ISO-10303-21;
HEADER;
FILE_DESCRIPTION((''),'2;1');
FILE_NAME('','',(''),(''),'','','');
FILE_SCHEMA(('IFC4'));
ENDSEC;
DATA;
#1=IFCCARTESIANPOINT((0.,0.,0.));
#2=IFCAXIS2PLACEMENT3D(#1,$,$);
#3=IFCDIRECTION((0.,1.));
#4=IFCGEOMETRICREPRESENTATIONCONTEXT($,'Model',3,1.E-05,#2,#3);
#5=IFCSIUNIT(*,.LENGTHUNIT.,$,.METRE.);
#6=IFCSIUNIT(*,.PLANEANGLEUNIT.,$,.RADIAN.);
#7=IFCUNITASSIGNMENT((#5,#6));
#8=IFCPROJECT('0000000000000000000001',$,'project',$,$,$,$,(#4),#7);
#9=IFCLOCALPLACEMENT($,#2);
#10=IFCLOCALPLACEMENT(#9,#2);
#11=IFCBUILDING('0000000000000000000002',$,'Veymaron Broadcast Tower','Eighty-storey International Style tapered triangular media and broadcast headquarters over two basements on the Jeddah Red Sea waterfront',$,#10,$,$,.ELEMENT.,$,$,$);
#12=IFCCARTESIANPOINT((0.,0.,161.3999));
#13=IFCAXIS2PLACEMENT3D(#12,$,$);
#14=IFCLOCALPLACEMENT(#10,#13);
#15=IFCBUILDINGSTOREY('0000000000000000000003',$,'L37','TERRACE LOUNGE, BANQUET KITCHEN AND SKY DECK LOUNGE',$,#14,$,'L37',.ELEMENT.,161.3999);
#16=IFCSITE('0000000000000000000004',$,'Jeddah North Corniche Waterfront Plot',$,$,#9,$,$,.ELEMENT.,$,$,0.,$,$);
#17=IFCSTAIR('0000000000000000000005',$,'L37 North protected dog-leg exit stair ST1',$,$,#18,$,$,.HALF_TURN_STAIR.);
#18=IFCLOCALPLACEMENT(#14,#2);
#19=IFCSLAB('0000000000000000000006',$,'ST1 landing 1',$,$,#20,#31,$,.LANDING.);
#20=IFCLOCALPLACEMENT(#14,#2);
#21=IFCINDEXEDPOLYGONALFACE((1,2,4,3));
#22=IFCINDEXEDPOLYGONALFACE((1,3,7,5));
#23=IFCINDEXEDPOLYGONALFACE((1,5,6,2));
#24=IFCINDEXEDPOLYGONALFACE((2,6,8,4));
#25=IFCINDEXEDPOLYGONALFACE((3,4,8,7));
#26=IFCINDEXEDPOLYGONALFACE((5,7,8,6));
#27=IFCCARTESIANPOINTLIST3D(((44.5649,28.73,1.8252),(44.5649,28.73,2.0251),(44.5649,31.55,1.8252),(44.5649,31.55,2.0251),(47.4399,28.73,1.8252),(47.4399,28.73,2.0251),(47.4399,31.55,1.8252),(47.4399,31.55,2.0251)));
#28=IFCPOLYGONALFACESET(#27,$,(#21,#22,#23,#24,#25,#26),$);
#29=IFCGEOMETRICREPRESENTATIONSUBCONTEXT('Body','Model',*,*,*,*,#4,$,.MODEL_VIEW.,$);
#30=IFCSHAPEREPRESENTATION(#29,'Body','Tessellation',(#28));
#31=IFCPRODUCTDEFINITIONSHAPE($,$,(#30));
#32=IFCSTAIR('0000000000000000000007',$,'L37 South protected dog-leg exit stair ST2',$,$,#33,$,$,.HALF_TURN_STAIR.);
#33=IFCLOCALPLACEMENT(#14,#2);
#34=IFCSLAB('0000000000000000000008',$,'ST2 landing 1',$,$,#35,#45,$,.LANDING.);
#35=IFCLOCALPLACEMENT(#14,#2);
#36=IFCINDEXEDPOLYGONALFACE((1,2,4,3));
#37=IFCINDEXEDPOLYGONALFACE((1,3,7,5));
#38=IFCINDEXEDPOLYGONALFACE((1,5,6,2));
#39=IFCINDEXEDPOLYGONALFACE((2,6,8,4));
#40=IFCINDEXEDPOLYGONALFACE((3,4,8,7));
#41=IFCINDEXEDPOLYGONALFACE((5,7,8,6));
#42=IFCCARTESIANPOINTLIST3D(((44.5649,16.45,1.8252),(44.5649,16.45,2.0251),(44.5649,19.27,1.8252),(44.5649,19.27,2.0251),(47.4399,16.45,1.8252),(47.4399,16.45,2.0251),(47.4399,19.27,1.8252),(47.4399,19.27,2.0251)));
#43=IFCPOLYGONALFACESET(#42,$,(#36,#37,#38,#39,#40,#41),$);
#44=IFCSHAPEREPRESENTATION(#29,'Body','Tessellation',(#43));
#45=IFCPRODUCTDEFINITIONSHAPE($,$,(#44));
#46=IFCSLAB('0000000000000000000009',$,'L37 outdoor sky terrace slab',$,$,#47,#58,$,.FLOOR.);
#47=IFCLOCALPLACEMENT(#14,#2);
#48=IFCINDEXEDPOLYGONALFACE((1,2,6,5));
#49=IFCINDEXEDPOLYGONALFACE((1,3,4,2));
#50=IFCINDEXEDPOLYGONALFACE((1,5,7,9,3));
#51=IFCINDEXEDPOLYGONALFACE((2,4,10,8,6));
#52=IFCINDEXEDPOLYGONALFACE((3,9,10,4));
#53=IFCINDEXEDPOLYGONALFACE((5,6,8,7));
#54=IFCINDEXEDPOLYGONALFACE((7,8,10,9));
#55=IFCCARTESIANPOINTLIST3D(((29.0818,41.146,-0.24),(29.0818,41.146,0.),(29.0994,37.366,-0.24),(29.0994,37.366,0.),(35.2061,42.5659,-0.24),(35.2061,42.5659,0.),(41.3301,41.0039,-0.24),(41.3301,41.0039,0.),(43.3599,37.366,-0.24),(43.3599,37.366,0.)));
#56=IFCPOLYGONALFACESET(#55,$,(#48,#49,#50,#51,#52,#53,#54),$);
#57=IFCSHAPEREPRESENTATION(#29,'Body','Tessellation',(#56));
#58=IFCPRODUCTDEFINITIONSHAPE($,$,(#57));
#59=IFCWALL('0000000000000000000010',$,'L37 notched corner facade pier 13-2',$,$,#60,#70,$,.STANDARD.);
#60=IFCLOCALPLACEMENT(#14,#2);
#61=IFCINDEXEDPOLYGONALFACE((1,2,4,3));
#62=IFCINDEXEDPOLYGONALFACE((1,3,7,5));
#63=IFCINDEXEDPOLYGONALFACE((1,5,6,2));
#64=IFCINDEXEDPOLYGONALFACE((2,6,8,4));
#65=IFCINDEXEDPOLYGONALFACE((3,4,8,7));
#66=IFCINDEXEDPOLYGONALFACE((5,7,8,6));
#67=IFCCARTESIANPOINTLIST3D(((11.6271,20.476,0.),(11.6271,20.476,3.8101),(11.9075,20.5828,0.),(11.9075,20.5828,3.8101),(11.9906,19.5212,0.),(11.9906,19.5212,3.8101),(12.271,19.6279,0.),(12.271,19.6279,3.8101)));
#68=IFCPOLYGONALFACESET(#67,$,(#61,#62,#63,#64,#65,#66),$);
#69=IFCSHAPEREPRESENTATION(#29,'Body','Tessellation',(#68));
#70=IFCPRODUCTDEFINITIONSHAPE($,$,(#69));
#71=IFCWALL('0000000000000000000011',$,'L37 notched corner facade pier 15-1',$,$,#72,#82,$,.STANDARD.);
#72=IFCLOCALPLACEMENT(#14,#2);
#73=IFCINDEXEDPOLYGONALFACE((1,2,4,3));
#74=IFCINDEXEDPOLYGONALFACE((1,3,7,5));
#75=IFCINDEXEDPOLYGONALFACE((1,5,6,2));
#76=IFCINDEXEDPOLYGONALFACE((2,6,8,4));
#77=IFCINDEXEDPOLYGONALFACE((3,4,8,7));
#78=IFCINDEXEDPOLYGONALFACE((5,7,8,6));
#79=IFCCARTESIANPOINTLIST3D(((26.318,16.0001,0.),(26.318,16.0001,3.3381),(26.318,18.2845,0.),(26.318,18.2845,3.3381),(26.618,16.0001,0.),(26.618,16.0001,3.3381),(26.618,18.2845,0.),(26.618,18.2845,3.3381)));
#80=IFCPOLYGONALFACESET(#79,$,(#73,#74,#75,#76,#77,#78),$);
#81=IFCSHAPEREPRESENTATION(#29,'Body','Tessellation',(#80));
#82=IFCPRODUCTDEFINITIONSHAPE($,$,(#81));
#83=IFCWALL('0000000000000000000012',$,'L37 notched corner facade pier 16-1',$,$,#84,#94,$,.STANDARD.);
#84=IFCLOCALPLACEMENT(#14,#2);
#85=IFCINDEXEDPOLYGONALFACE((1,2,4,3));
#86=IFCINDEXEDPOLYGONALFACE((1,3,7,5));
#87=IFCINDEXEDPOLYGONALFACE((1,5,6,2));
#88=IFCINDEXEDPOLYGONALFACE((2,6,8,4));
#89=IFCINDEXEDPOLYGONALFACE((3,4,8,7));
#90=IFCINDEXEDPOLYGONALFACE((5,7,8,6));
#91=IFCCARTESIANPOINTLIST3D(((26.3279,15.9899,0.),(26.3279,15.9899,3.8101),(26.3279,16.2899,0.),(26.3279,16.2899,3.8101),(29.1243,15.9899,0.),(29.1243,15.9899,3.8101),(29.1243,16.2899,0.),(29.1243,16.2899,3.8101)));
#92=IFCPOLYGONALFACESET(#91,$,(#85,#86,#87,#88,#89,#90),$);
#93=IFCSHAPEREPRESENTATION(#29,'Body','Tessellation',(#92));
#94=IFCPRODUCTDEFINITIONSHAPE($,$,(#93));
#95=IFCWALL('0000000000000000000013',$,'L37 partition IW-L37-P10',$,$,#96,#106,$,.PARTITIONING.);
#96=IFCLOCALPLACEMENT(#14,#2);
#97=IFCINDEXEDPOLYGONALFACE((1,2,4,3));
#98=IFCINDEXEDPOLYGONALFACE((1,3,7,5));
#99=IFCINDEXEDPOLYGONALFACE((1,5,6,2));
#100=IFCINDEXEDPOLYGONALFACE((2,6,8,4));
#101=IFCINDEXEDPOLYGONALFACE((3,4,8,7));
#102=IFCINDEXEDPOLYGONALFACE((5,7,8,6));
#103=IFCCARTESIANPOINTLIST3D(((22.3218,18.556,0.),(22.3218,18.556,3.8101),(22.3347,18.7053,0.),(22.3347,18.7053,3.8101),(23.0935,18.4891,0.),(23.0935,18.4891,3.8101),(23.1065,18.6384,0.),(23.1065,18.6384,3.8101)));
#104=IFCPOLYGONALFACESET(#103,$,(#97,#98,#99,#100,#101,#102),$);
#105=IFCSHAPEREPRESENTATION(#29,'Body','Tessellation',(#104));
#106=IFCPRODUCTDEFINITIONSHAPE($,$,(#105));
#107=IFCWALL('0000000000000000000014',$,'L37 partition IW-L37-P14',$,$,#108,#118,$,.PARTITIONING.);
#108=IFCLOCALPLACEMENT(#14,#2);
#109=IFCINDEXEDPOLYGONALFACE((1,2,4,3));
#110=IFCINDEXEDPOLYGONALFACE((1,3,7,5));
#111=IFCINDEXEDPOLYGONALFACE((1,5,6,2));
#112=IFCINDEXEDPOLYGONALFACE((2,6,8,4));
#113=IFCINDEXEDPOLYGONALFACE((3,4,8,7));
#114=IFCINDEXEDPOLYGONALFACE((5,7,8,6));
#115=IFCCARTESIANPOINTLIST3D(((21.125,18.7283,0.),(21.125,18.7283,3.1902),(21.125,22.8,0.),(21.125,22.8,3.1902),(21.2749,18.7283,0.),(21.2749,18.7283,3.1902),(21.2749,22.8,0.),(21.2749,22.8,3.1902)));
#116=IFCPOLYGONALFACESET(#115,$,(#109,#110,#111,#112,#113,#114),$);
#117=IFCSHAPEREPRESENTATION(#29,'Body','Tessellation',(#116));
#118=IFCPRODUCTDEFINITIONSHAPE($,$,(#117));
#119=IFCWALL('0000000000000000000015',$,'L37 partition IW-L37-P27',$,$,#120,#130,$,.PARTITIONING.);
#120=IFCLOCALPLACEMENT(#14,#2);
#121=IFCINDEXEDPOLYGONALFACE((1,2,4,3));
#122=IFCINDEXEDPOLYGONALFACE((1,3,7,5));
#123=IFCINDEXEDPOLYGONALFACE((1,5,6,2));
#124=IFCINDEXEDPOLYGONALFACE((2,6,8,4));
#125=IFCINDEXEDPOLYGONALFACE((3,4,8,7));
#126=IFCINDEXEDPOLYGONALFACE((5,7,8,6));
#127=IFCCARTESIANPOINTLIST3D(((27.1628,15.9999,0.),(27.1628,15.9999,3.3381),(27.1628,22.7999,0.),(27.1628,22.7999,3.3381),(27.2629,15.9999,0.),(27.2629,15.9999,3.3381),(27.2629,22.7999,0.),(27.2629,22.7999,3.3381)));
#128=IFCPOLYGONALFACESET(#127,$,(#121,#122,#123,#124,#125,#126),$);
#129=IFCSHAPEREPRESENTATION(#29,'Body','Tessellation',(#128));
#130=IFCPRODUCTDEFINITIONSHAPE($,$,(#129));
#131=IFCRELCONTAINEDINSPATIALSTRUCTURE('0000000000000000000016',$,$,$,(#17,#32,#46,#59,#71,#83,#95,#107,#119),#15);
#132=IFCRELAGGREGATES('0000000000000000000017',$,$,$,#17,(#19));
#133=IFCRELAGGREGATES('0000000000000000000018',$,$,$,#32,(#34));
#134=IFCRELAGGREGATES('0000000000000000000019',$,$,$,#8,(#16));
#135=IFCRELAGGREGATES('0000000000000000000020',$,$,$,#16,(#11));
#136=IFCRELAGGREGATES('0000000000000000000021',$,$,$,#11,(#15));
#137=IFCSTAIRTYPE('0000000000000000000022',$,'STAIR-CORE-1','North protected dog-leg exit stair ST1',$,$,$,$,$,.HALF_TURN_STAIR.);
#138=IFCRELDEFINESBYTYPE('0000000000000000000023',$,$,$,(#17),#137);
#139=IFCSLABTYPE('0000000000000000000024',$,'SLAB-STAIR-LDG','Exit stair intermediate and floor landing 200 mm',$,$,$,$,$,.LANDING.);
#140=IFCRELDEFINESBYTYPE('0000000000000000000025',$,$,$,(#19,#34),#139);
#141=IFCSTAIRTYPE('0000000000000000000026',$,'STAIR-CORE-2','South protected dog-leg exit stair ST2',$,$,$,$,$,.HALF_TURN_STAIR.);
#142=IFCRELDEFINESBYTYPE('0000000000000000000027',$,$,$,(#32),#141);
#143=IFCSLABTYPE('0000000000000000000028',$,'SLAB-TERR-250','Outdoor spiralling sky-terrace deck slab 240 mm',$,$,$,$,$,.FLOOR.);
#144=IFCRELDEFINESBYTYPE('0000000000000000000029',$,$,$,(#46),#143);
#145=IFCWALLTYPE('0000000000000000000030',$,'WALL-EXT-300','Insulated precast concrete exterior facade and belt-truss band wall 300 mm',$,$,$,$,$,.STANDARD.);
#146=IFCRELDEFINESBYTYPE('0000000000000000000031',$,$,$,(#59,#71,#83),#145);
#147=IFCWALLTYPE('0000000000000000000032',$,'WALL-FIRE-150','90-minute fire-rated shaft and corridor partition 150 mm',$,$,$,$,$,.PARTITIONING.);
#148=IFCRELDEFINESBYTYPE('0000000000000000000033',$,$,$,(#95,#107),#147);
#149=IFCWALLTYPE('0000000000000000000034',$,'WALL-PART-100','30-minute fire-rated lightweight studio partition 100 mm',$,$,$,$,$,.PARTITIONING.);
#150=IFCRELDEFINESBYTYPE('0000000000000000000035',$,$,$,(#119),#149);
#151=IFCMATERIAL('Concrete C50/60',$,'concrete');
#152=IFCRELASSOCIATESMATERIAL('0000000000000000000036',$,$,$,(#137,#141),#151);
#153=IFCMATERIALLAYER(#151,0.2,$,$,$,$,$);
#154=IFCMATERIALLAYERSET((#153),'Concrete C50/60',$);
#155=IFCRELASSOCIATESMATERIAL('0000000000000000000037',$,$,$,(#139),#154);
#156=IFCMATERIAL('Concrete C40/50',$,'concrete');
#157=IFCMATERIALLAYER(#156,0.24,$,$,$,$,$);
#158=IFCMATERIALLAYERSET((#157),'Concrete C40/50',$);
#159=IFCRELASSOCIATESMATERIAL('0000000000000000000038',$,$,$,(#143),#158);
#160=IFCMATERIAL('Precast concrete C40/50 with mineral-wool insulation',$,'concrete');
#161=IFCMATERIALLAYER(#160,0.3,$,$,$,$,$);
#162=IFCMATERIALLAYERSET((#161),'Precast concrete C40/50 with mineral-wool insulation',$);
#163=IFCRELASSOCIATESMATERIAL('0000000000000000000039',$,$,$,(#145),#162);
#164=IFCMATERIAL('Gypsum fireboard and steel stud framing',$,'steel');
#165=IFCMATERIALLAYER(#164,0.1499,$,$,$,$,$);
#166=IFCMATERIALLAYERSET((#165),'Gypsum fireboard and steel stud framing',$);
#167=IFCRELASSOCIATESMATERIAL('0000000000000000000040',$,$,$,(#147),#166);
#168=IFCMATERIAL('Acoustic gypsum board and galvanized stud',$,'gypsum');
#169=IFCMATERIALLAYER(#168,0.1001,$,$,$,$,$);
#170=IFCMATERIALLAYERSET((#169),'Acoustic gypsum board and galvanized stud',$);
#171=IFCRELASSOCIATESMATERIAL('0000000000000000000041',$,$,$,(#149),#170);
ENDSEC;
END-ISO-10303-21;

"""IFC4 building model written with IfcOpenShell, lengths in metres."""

from ifc_helpers import new_model, si_unit, direction, frame, frame_2d, origin, place, context, subcontext, project, spatial, polyline, rectangle, outline, extrude, material, layer, layer_set, type_object, element, aggregate, save


model = new_model("IFC4")

# Units and contexts
model_context = context("Model", 3, precision=1e-05, world=origin(), true_north=direction((0.0, 1.0)))
body_context = subcontext(model_context, "Body", "Model", "MODEL_VIEW")
ifc_project = project(units=[si_unit("LENGTHUNIT", "METRE"), si_unit("PLANEANGLEUNIT", "RADIAN")], contexts=[model_context])

# Site, building, storey
site_placement = place(None, origin())
site = spatial("IfcSite", under=ifc_project, at=site_placement, Name="Jeddah North Corniche Waterfront Plot", CompositionType="ELEMENT", RefElevation=0.0)
building_placement = place(site_placement, origin())
building = spatial("IfcBuilding", under=site, at=building_placement, Name="Veymaron Broadcast Tower", Description="Eighty-storey International Style tapered triangular media and broadcast headquarters over two basements on the Jeddah Red Sea waterfront", CompositionType="ELEMENT")
storey_placement = place(building_placement, frame((0.0, 0.0, 161.3999)))
storey = spatial("IfcBuildingStorey", under=building, at=storey_placement, Name="L37", Description="TERRACE LOUNGE, BANQUET KITCHEN AND SKY DECK LOUNGE", LongName="L37", CompositionType="ELEMENT", Elevation=161.3999)

# Shared definitions
ifc_material_1 = material(Name="Concrete C40/50", Category="concrete")

# Stairs, slabs
ifc_material_2 = material(Name="Concrete C50/60", Category="concrete")
stair_type_1 = type_object("IfcStairType", Name="STAIR-CORE-1", Description="North protected dog-leg exit stair ST1", PredefinedType="HALF_TURN_STAIR", material=ifc_material_2)
stair_1_placement = place(storey_placement, origin())
stair_1 = element("IfcStair", 1, at=stair_1_placement, inside=storey, type_object=stair_type_1, Name="L37 North protected dog-leg exit stair ST1", PredefinedType="HALF_TURN_STAIR")
ifc_layer_1 = layer(ifc_material_2, 0.2)
ifc_layer_set_1 = layer_set([ifc_layer_1], Name="Concrete C50/60")
slab_type_1 = type_object("IfcSlabType", Name="SLAB-STAIR-LDG", Description="Exit stair intermediate and floor landing 200 mm", PredefinedType="LANDING", material=ifc_layer_set_1)
slab_1_placement = place(storey_placement, frame((0.0, 0.0, 1.8252)))
slab_1 = element("IfcSlab", 2, at=slab_1_placement, type_object=slab_type_1, Name="ST1 landing 1", PredefinedType="LANDING", context=body_context, shape_type="SweptSolid", body=[
    extrude(outline(polyline([(44.5649, 28.73), (47.4399, 28.73), (47.4399, 31.55), (44.5649, 31.55), (44.5649, 28.73)])), origin(), (0.0, 0.0, 1.0), 0.2),
])
aggregate(stair_1, [slab_1])
stair_type_2 = type_object("IfcStairType", Name="STAIR-CORE-2", Description="South protected dog-leg exit stair ST2", PredefinedType="HALF_TURN_STAIR", material=ifc_material_2)
stair_2_placement = place(storey_placement, origin())
stair_2 = element("IfcStair", 3, at=stair_2_placement, inside=storey, type_object=stair_type_2, Name="L37 South protected dog-leg exit stair ST2", PredefinedType="HALF_TURN_STAIR")
slab_2_placement = place(storey_placement, frame((0.0, 0.0, 1.8252)))
slab_2 = element("IfcSlab", 4, at=slab_2_placement, type_object=slab_type_1, Name="ST2 landing 1", PredefinedType="LANDING", context=body_context, shape_type="SweptSolid", body=[
    extrude(outline(polyline([(44.5649, 16.45), (47.4399, 16.45), (47.4399, 19.27), (44.5649, 19.27), (44.5649, 16.45)])), origin(), (0.0, 0.0, 1.0), 0.2),
])
aggregate(stair_2, [slab_2])

# Slab
ifc_layer_2 = layer(ifc_material_1, 0.24)
ifc_layer_set_2 = layer_set([ifc_layer_2], Name="Concrete C40/50")
slab_type_2 = type_object("IfcSlabType", Name="SLAB-TERR-250", Description="Outdoor spiralling sky-terrace deck slab 240 mm", PredefinedType="FLOOR", material=ifc_layer_set_2)
slab_3_placement = place(storey_placement, frame((0.0, 0.0, -0.24)))
element("IfcSlab", 5, at=slab_3_placement, inside=storey, type_object=slab_type_2, Name="L37 outdoor sky terrace slab", PredefinedType="FLOOR", context=body_context, shape_type="SweptSolid", body=[
    extrude(outline(polyline([(29.0994, 37.366), (43.3599, 37.366), (41.3301, 41.0039), (35.2061, 42.5659), (29.0818, 41.146), (29.0994, 37.366)])), origin(), (0.0, 0.0, 1.0), 0.24),
])

# Walls
ifc_material_3 = material(Name="Precast concrete C40/50 with mineral-wool insulation", Category="concrete")
ifc_layer_3 = layer(ifc_material_3, 0.3)
ifc_layer_set_3 = layer_set([ifc_layer_3], Name="Precast concrete C40/50 with mineral-wool insulation")
wall_type_1 = type_object("IfcWallType", Name="WALL-EXT-300", Description="Insulated precast concrete exterior facade and belt-truss band wall 300 mm", PredefinedType="STANDARD", material=ifc_layer_set_3)
wall_1_placement = place(storey_placement, frame((11.7673, 20.5293, 0.0), z_axis=(0.0, 0.0, 1.0), x_axis=(0.355807, -0.93456, 0.0)))
element("IfcWall", 6, at=wall_1_placement, inside=storey, type_object=wall_type_1, Name="L37 notched corner facade pier 13-2", PredefinedType="STANDARD", context=body_context, shape_type="SweptSolid", body=[
    extrude(rectangle(XDim=1.0217, YDim=0.3, at=frame_2d((0.5107, 0.0))), origin(), (0.0, 0.0, 1.0), 3.8101),
])
wall_2_placement = place(storey_placement, frame((26.468, 18.2844, 0.0), z_axis=(0.0, 0.0, 1.0), x_axis=(0.0, -1.0, 0.0)))
element("IfcWall", 7, at=wall_2_placement, inside=storey, type_object=wall_type_1, Name="L37 notched corner facade pier 15-1", PredefinedType="STANDARD", context=body_context, shape_type="SweptSolid", body=[
    extrude(rectangle(XDim=2.2844, YDim=0.3, at=frame_2d((1.1421, 0.0))), origin(), (0.0, 0.0, 1.0), 3.3381),
])
wall_3_placement = place(storey_placement, frame((26.3279, 16.1399, 0.0), z_axis=(0.0, 0.0, 1.0), x_axis=(1.0, 0.0, 0.0)))
element("IfcWall", 8, at=wall_3_placement, inside=storey, type_object=wall_type_1, Name="L37 notched corner facade pier 16-1", PredefinedType="STANDARD", context=body_context, shape_type="SweptSolid", body=[
    extrude(rectangle(XDim=2.7964, YDim=0.3, at=frame_2d((1.3982, 0.0))), origin(), (0.0, 0.0, 1.0), 3.8101),
])

# Shared definitions
ifc_material_4 = material(Name="Gypsum fireboard and steel stud framing", Category="steel")
ifc_layer_4 = layer(ifc_material_4, 0.1499)
ifc_layer_set_4 = layer_set([ifc_layer_4], Name="Gypsum fireboard and steel stud framing")
wall_type_2 = type_object("IfcWallType", Name="WALL-FIRE-150", Description="90-minute fire-rated shaft and corridor partition 150 mm", PredefinedType="PARTITIONING", material=ifc_layer_set_4)

# Walls
wall_4_placement = place(storey_placement, frame((22.3284, 18.6306, 0.0), z_axis=(0.0, 0.0, 1.0), x_axis=(0.996264, -0.086358, 0.0)))
element("IfcWall", 9, at=wall_4_placement, inside=storey, type_object=wall_type_2, Name="L37 partition IW-L37-P10", PredefinedType="PARTITIONING", context=body_context, shape_type="SweptSolid", body=[
    extrude(rectangle(XDim=0.7747, YDim=0.1499, at=frame_2d((0.3872, 0.0))), origin(), (0.0, 0.0, 1.0), 3.8101),
])
wall_5_placement = place(storey_placement, frame((21.2, 18.7283, 0.0), z_axis=(0.0, 0.0, 1.0), x_axis=(0.0, 1.0, 0.0)))
element("IfcWall", 10, at=wall_5_placement, inside=storey, type_object=wall_type_2, Name="L37 partition IW-L37-P14", PredefinedType="PARTITIONING", context=body_context, shape_type="SweptSolid", body=[
    extrude(rectangle(XDim=4.0718, YDim=0.1499, at=frame_2d((2.0359, 0.0))), origin(), (0.0, 0.0, 1.0), 3.1902),
])
ifc_material_5 = material(Name="Acoustic gypsum board and galvanized stud", Category="gypsum")
ifc_layer_5 = layer(ifc_material_5, 0.1001)
ifc_layer_set_5 = layer_set([ifc_layer_5], Name="Acoustic gypsum board and galvanized stud")
wall_type_3 = type_object("IfcWallType", Name="WALL-PART-100", Description="30-minute fire-rated lightweight studio partition 100 mm", PredefinedType="PARTITIONING", material=ifc_layer_set_5)
wall_6_placement = place(storey_placement, frame((27.2129, 16.0, 0.0), z_axis=(0.0, 0.0, 1.0), x_axis=(0.0, 1.0, 0.0)))
element("IfcWall", 11, at=wall_6_placement, inside=storey, type_object=wall_type_3, Name="L37 partition IW-L37-P27", PredefinedType="PARTITIONING", context=body_context, shape_type="SweptSolid", body=[
    extrude(rectangle(XDim=6.8, YDim=0.1001, at=frame_2d((3.3999, 0.0))), origin(), (0.0, 0.0, 1.0), 3.3381),
])

save(model, "model.ifc")
